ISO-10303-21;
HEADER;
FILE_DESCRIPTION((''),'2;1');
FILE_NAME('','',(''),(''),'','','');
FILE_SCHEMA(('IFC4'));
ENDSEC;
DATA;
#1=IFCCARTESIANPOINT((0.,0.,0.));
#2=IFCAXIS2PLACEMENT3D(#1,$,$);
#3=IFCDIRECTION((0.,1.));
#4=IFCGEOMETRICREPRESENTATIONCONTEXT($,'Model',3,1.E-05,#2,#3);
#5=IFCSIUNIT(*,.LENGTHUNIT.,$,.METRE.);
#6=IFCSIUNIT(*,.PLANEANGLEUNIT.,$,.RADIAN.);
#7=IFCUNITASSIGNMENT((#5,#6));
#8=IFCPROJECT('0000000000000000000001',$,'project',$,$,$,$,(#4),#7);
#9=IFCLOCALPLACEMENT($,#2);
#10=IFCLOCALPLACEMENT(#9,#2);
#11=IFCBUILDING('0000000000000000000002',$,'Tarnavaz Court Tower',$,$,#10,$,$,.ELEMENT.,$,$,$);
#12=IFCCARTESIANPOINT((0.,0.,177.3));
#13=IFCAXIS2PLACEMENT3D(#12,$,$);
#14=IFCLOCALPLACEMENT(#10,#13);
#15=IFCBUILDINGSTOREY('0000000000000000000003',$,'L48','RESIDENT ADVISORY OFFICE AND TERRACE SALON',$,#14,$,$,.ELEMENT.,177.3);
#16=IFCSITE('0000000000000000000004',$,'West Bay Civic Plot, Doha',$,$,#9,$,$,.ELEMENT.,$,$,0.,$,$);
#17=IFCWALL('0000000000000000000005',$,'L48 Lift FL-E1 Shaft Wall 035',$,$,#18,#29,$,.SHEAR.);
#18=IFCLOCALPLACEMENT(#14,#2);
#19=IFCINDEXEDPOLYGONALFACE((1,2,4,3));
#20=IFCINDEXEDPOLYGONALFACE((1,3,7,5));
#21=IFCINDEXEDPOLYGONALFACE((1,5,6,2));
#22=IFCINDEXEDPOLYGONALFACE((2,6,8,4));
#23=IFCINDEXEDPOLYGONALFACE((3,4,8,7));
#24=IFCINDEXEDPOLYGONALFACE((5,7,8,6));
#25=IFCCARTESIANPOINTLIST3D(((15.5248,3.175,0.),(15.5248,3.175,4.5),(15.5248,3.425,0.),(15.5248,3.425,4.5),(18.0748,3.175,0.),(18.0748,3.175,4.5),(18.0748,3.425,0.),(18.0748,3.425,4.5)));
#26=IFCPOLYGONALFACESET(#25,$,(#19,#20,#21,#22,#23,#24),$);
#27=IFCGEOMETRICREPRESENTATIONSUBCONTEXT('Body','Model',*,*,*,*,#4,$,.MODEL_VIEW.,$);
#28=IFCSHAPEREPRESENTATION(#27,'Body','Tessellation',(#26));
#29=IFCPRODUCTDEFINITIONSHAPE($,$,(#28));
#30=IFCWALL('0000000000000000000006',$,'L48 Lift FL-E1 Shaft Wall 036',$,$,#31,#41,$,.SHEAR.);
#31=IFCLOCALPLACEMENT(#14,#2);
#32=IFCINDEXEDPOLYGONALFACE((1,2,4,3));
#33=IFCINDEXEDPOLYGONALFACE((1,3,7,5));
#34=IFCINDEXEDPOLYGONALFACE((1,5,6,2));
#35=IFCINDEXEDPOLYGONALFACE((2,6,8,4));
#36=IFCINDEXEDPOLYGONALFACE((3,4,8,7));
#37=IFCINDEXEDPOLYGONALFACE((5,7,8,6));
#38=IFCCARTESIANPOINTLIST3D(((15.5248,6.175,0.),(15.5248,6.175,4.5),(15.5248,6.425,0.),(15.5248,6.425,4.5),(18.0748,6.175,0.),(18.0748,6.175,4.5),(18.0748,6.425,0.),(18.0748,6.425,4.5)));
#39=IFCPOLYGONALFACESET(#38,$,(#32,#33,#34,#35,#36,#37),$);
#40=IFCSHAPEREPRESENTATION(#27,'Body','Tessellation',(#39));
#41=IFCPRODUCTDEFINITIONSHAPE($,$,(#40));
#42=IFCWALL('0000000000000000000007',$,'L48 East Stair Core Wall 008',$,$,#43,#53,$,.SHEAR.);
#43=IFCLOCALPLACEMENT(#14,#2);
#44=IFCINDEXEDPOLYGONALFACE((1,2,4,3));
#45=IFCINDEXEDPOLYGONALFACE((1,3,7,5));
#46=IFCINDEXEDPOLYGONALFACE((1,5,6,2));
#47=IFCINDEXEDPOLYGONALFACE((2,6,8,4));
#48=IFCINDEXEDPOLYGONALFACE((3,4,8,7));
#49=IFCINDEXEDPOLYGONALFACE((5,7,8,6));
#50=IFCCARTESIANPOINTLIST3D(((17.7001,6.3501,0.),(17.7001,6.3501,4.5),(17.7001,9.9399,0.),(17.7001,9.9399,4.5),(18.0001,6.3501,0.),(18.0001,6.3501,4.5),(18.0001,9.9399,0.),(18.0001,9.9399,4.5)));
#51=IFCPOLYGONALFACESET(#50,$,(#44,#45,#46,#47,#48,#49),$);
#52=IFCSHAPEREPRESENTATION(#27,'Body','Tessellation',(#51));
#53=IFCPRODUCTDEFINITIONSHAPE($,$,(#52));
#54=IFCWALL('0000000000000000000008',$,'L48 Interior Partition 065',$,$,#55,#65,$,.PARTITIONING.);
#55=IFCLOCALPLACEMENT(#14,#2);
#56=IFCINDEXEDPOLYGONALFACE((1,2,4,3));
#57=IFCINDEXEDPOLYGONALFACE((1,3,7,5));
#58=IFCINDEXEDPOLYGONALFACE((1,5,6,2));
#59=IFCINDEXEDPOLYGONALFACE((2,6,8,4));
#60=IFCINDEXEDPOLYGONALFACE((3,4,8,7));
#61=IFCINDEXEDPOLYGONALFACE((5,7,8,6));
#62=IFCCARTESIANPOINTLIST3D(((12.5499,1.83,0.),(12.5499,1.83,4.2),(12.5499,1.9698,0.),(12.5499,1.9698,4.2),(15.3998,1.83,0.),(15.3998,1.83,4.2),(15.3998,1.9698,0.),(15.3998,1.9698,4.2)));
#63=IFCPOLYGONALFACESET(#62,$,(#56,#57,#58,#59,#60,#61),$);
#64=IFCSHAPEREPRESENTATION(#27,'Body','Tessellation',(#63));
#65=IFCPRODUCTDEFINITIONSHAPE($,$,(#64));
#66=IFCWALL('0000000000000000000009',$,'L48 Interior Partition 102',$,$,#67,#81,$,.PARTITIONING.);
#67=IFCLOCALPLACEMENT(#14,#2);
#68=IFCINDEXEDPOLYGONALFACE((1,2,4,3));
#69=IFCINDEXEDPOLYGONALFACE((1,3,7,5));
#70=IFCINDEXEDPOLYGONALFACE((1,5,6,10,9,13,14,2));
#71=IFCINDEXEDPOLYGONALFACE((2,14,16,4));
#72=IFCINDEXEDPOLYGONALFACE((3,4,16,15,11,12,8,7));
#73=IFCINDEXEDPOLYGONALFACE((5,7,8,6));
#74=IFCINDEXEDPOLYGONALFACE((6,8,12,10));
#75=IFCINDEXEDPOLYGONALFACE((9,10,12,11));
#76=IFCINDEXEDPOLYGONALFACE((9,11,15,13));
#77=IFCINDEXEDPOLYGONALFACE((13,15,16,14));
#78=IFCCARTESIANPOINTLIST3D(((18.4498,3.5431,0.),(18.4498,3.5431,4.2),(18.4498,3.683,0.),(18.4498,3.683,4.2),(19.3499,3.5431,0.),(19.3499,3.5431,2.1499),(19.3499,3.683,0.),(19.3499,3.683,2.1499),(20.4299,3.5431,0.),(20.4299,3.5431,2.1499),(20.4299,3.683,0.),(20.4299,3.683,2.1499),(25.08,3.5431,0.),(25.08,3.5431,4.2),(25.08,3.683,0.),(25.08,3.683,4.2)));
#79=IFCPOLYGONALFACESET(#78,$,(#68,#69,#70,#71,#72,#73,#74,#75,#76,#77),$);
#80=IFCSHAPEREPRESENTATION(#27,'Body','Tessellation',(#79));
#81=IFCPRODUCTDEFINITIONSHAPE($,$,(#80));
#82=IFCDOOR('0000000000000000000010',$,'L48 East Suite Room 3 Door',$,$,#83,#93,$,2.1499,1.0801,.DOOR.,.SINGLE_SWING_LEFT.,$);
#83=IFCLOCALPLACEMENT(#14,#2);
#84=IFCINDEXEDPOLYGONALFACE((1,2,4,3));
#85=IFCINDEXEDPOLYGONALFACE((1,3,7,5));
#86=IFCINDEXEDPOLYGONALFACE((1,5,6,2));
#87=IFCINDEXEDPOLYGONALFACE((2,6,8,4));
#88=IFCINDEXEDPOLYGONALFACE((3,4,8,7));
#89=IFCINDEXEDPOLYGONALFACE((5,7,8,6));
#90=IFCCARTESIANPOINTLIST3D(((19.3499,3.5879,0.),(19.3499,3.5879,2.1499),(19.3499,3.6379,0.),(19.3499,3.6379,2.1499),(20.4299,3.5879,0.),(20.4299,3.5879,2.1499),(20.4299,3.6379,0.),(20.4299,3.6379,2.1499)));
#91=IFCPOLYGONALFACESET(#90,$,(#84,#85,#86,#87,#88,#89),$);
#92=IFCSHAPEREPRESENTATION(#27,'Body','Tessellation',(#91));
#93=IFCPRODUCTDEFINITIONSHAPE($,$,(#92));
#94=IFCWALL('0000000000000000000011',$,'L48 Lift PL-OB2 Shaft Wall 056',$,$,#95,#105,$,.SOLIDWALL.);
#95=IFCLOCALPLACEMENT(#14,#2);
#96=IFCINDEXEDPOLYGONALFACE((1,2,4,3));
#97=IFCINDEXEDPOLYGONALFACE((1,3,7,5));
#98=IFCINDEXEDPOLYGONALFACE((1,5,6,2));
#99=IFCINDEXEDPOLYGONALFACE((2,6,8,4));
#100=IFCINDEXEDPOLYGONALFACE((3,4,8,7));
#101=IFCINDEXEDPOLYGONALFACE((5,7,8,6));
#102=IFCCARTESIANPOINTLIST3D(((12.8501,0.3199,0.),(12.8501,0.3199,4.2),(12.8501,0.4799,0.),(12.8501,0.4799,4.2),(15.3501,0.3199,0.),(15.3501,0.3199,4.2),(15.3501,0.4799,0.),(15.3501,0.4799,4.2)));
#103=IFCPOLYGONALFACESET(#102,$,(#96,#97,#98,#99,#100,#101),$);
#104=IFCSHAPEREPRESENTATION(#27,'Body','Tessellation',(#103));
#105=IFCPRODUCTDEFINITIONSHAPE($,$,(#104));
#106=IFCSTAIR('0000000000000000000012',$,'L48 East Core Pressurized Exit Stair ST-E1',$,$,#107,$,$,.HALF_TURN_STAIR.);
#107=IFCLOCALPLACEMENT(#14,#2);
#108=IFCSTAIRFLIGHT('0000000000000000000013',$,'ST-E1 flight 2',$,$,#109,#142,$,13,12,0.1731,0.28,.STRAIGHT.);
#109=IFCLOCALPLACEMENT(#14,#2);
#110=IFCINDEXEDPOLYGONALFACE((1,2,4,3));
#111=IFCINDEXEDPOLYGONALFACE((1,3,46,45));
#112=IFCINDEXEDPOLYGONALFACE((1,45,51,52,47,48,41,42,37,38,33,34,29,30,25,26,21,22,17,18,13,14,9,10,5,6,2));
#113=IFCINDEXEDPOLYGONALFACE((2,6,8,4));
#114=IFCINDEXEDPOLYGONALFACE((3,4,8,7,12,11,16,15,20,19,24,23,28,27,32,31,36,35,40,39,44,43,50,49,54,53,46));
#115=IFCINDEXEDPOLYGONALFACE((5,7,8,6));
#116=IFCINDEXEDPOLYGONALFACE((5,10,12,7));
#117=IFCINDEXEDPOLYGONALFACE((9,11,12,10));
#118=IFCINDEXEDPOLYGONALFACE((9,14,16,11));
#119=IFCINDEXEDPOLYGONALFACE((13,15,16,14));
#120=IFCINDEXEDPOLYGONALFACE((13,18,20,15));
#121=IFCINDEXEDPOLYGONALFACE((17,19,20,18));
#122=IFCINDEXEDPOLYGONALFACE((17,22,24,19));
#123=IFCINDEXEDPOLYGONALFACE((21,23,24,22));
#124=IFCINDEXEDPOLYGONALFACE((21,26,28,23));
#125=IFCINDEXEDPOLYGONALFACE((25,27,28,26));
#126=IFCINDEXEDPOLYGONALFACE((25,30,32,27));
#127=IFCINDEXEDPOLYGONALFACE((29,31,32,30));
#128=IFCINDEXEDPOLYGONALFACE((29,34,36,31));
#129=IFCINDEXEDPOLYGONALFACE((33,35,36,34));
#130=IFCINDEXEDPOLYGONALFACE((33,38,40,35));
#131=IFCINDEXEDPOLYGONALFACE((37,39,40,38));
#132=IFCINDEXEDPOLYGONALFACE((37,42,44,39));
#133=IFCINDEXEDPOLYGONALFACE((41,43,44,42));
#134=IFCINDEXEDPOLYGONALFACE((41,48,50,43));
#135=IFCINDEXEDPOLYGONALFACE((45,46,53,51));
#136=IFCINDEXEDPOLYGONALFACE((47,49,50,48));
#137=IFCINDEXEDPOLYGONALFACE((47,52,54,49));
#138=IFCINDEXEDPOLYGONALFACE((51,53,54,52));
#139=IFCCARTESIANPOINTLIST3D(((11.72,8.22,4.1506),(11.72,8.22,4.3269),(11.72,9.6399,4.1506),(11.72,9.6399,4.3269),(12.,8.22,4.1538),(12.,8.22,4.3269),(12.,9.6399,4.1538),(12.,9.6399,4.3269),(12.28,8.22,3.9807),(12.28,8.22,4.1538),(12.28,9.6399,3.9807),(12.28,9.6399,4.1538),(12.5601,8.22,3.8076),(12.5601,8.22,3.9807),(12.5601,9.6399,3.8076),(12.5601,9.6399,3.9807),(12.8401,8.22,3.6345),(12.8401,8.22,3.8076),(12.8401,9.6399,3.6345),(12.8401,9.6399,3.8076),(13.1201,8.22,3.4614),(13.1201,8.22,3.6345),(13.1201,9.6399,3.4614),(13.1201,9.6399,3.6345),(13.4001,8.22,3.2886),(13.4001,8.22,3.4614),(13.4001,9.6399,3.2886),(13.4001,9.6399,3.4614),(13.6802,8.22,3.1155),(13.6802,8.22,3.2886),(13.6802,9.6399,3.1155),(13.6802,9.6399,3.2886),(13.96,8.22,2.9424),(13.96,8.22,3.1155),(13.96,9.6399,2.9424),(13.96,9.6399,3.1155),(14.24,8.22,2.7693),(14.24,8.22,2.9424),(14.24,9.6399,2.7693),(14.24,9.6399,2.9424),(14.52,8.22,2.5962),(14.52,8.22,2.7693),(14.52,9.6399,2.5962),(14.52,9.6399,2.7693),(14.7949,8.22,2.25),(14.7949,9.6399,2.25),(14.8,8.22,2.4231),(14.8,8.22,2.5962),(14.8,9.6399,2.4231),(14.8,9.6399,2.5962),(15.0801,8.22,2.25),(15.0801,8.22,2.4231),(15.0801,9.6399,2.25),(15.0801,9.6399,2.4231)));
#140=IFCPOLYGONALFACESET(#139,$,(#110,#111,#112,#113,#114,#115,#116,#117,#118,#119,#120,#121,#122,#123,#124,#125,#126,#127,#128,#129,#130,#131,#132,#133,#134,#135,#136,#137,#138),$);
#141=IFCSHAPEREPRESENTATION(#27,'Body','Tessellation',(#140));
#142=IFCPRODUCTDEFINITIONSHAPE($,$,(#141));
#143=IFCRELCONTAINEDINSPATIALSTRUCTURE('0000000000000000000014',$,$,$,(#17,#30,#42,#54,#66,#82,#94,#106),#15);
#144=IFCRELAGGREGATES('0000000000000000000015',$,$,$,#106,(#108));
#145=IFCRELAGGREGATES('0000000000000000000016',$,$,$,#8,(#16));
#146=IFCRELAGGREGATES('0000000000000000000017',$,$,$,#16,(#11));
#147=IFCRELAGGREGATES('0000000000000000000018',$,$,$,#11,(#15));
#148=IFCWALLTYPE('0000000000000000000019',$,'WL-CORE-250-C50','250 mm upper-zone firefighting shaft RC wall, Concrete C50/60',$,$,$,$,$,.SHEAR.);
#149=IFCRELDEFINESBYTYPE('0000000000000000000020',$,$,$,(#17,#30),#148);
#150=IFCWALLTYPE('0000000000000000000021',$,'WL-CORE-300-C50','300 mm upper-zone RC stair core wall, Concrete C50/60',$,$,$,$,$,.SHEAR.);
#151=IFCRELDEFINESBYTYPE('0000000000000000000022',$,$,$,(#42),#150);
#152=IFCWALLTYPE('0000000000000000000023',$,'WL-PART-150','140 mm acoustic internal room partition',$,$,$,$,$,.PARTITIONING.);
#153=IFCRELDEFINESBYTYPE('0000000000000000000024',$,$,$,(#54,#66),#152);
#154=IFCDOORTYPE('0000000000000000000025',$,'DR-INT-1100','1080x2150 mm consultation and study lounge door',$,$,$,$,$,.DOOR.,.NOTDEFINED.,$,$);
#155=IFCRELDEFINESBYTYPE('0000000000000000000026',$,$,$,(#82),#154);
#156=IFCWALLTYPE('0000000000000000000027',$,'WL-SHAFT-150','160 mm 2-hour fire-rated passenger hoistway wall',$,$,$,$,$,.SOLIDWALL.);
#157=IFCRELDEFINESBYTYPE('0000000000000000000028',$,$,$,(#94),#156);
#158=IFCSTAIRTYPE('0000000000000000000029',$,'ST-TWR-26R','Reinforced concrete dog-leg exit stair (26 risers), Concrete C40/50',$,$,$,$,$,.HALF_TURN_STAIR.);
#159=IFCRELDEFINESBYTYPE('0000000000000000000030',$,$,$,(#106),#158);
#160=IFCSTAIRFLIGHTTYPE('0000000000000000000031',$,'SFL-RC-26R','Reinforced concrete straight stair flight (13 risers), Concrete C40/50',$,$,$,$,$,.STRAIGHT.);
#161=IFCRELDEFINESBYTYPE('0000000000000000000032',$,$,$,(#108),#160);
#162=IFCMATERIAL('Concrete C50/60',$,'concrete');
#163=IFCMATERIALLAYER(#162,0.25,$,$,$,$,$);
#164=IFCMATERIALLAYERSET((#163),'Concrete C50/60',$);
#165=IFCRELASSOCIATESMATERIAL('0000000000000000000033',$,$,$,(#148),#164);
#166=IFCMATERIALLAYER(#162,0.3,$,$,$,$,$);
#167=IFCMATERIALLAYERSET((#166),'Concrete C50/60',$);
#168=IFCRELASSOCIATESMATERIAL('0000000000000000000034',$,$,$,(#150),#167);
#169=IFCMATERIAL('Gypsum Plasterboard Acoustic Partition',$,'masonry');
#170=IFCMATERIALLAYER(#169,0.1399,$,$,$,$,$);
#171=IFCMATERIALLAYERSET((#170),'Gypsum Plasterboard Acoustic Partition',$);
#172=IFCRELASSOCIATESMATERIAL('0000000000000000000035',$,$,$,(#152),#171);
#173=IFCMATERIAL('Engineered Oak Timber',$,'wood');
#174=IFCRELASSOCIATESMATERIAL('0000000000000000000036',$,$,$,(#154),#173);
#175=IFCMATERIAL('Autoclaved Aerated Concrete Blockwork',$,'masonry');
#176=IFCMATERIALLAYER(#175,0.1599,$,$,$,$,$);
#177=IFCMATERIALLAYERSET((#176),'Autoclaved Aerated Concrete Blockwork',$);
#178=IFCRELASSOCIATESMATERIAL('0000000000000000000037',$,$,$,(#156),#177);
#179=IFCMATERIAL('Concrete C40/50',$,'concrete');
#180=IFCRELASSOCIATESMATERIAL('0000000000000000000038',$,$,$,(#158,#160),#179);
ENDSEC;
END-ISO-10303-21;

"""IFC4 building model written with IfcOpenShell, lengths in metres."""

from ifc_helpers import new_model, si_unit, direction, frame, frame_2d, origin, place, context, subcontext, project, spatial, polyline, rectangle, outline, extrude, material, layer, layer_set, type_object, element, fill, aggregate, save


model = new_model("IFC4")

# Units and contexts
model_context = context("Model", 3, precision=1e-05, world=origin(), true_north=direction((0.0, 1.0)))
body_context = subcontext(model_context, "Body", "Model", "MODEL_VIEW")
ifc_project = project(units=[si_unit("LENGTHUNIT", "METRE"), si_unit("PLANEANGLEUNIT", "RADIAN")], contexts=[model_context])

# Site, building, storey
site_placement = place(None, origin())
site = spatial("IfcSite", under=ifc_project, at=site_placement, Name="West Bay Civic Plot, Doha", CompositionType="ELEMENT", RefElevation=0.0)
building_placement = place(site_placement, origin())
building = spatial("IfcBuilding", under=site, at=building_placement, Name="Tarnavaz Court Tower", CompositionType="ELEMENT")
storey_placement = place(building_placement, frame((0.0, 0.0, 177.3)))
storey = spatial("IfcBuildingStorey", under=building, at=storey_placement, Name="L48", Description="RESIDENT ADVISORY OFFICE AND TERRACE SALON", CompositionType="ELEMENT", Elevation=177.3)

# Shared definitions
ifc_material_1 = material(Name="Concrete C50/60", Category="concrete")

# Shared definitions
ifc_layer_1 = layer(ifc_material_1, 0.25)
ifc_layer_set_1 = layer_set([ifc_layer_1], Name="Concrete C50/60")
wall_type_1 = type_object("IfcWallType", Name="WL-CORE-250-C50", Description="250 mm upper-zone firefighting shaft RC wall, Concrete C50/60", PredefinedType="SHEAR", material=ifc_layer_set_1)

# Walls
for number, where, z_axis, x_axis, name in (
    (1, (15.5249, 3.3, 0.0), (0.0, 0.0, 1.0), (1.0, 0.0, 0.0), "L48 Lift FL-E1 Shaft Wall 035"),
    (2, (15.5249, 6.3, 0.0), (0.0, 0.0, 1.0), (1.0, 0.0, 0.0), "L48 Lift FL-E1 Shaft Wall 036"),
):
    element("IfcWall", number, at=place(storey_placement, frame(where, z_axis=z_axis, x_axis=x_axis)), inside=storey, type_object=wall_type_1, Name=name, PredefinedType="SHEAR", context=body_context, shape_type="SweptSolid", body=[
        extrude(rectangle(XDim=2.55, YDim=0.25, at=frame_2d((1.2749, 0.0))), origin(), (0.0, 0.0, 1.0), 4.5),
    ])
ifc_layer_2 = layer(ifc_material_1, 0.3)
ifc_layer_set_2 = layer_set([ifc_layer_2], Name="Concrete C50/60")
wall_type_2 = type_object("IfcWallType", Name="WL-CORE-300-C50", Description="300 mm upper-zone RC stair core wall, Concrete C50/60", PredefinedType="SHEAR", material=ifc_layer_set_2)
wall_1_placement = place(storey_placement, frame((17.8501, 6.3501, 0.0), z_axis=(0.0, 0.0, 1.0), x_axis=(0.0, 1.0, 0.0)))
element("IfcWall", 3, at=wall_1_placement, inside=storey, type_object=wall_type_2, Name="L48 East Stair Core Wall 008", PredefinedType="SHEAR", context=body_context, shape_type="SweptSolid", body=[
    extrude(rectangle(XDim=3.5898, YDim=0.3, at=frame_2d((1.7949, 0.0))), origin(), (0.0, 0.0, 1.0), 4.5),
])
ifc_material_2 = material(Name="Gypsum Plasterboard Acoustic Partition", Category="masonry")
ifc_layer_3 = layer(ifc_material_2, 0.1399)
ifc_layer_set_3 = layer_set([ifc_layer_3], Name="Gypsum Plasterboard Acoustic Partition")
wall_type_3 = type_object("IfcWallType", Name="WL-PART-150", Description="140 mm acoustic internal room partition", PredefinedType="PARTITIONING", material=ifc_layer_set_3)
wall_2_placement = place(storey_placement, frame((12.55, 1.8999, 0.0), z_axis=(0.0, 0.0, 1.0), x_axis=(1.0, 0.0, 0.0)))
element("IfcWall", 4, at=wall_2_placement, inside=storey, type_object=wall_type_3, Name="L48 Interior Partition 065", PredefinedType="PARTITIONING", context=body_context, shape_type="SweptSolid", body=[
    extrude(rectangle(XDim=2.8499, YDim=0.1399, at=frame_2d((1.4248, 0.0))), origin(), (0.0, 0.0, 1.0), 4.2),
])

# Wall, opening, door
wall_3_placement = place(storey_placement, frame((18.45, 3.613, 0.0), z_axis=(0.0, 0.0, 1.0), x_axis=(1.0, 0.0, 0.0)))
wall_3 = element("IfcWall", 5, at=wall_3_placement, inside=storey, type_object=wall_type_3, Name="L48 Interior Partition 102", PredefinedType="PARTITIONING", context=body_context, shape_type="SweptSolid", body=[
    extrude(rectangle(XDim=6.6301, YDim=0.1399, at=frame_2d((3.3149, 0.0))), origin(), (0.0, 0.0, 1.0), 4.2),
])
opening_1_placement = place(wall_3_placement, frame((0.8999, 0.0, 0.0)))
opening_1 = element("IfcOpeningElement", 6, at=opening_1_placement, cuts=wall_3, PredefinedType="OPENING", context=body_context, shape_type="SweptSolid", body=[
    extrude(rectangle(XDim=1.0801, YDim=2.1499, at=frame_2d((0.54, 1.075))), frame((0.0, 0.0798, 0.0), z_axis=(0.0, -1.0, 0.0), x_axis=(1.0, 0.0, 0.0)), (0.0, 0.0, 1.0), 0.1599),
])
ifc_material_3 = material(Name="Engineered Oak Timber", Category="wood")
door_type_1 = type_object("IfcDoorType", Name="DR-INT-1100", Description="1080x2150 mm consultation and study lounge door", OperationType="NOTDEFINED", PredefinedType="DOOR", material=ifc_material_3)
door_1_placement = place(opening_1_placement, origin())
door_1 = element("IfcDoor", 7, at=door_1_placement, inside=storey, type_object=door_type_1, Name="L48 East Suite Room 3 Door", OperationType="SINGLE_SWING_LEFT", OverallHeight=2.1499, OverallWidth=1.0801, PredefinedType="DOOR", context=body_context, shape_type="SweptSolid", body=[
    extrude(rectangle(XDim=1.0801, YDim=2.1499, at=frame_2d((0.54, 1.075))), frame((0.0, 0.0249, 0.0), z_axis=(0.0, -1.0, 0.0), x_axis=(1.0, 0.0, 0.0)), (0.0, 0.0, 1.0), 0.05),
])
fill(opening_1, door_1)

# Wall
ifc_material_4 = material(Name="Autoclaved Aerated Concrete Blockwork", Category="masonry")
ifc_layer_4 = layer(ifc_material_4, 0.1599)
ifc_layer_set_4 = layer_set([ifc_layer_4], Name="Autoclaved Aerated Concrete Blockwork")
wall_type_4 = type_object("IfcWallType", Name="WL-SHAFT-150", Description="160 mm 2-hour fire-rated passenger hoistway wall", PredefinedType="SOLIDWALL", material=ifc_layer_set_4)
wall_4_placement = place(storey_placement, frame((12.8501, 0.3999, 0.0), z_axis=(0.0, 0.0, 1.0), x_axis=(1.0, 0.0, 0.0)))
element("IfcWall", 8, at=wall_4_placement, inside=storey, type_object=wall_type_4, Name="L48 Lift PL-OB2 Shaft Wall 056", PredefinedType="SOLIDWALL", context=body_context, shape_type="SweptSolid", body=[
    extrude(rectangle(XDim=2.5, YDim=0.1599, at=frame_2d((1.25, 0.0))), origin(), (0.0, 0.0, 1.0), 4.2),
])

# Stair, stair flight
ifc_material_5 = material(Name="Concrete C40/50", Category="concrete")
stair_type = type_object("IfcStairType", Name="ST-TWR-26R", Description="Reinforced concrete dog-leg exit stair (26 risers), Concrete C40/50", PredefinedType="HALF_TURN_STAIR", material=ifc_material_5)
stair_placement = place(storey_placement, origin())
stair = element("IfcStair", 9, at=stair_placement, inside=storey, type_object=stair_type, Name="L48 East Core Pressurized Exit Stair ST-E1", PredefinedType="HALF_TURN_STAIR")
stair_flight_type = type_object("IfcStairFlightType", Name="SFL-RC-26R", Description="Reinforced concrete straight stair flight (13 risers), Concrete C40/50", PredefinedType="STRAIGHT", material=ifc_material_5)
stair_flight_placement = place(storey_placement, frame((15.0801, 8.9299, 2.25), z_axis=(0.0, 0.0, 1.0), x_axis=(-1.0, 0.0, 0.0)))
stair_flight = element("IfcStairFlight", 10, at=stair_flight_placement, type_object=stair_flight_type, Name="ST-E1 flight 2", NumberOfRisers=13, NumberOfTreads=12, PredefinedType="STRAIGHT", RiserHeight=0.1731, TreadLength=0.28, context=body_context, shape_type="SweptSolid", body=[
    extrude(outline(polyline([(0.0, 0.0), (0.0, 0.1731), (0.28, 0.1731), (0.28, 0.3462), (0.5601, 0.3462), (0.5601, 0.5193), (0.8401, 0.5193), (0.8401, 0.6924), (1.1201, 0.6924), (1.1201, 0.8655), (1.3999, 0.8655), (1.3999, 1.0386), (1.6799, 1.0386), (1.6799, 1.2114), (1.96, 1.2114), (1.96, 1.3845), (2.24, 1.3845), (2.24, 1.5576), (2.52, 1.5576), (2.52, 1.7307), (2.8, 1.7307), (2.8, 1.9038), (3.0801, 1.9038), (3.0801, 2.0769), (3.3601, 2.0769), (3.3601, 2.25), (3.3601, 1.9006), (0.2852, 0.0), (0.0, 0.0)])), frame((0.0, 0.71, 0.0), z_axis=(0.0, -1.0, 0.0), x_axis=(1.0, 0.0, 0.0)), (0.0, 0.0, 1.0), 1.4199),
])
aggregate(stair, [stair_flight])

save(model, "model.ifc")
